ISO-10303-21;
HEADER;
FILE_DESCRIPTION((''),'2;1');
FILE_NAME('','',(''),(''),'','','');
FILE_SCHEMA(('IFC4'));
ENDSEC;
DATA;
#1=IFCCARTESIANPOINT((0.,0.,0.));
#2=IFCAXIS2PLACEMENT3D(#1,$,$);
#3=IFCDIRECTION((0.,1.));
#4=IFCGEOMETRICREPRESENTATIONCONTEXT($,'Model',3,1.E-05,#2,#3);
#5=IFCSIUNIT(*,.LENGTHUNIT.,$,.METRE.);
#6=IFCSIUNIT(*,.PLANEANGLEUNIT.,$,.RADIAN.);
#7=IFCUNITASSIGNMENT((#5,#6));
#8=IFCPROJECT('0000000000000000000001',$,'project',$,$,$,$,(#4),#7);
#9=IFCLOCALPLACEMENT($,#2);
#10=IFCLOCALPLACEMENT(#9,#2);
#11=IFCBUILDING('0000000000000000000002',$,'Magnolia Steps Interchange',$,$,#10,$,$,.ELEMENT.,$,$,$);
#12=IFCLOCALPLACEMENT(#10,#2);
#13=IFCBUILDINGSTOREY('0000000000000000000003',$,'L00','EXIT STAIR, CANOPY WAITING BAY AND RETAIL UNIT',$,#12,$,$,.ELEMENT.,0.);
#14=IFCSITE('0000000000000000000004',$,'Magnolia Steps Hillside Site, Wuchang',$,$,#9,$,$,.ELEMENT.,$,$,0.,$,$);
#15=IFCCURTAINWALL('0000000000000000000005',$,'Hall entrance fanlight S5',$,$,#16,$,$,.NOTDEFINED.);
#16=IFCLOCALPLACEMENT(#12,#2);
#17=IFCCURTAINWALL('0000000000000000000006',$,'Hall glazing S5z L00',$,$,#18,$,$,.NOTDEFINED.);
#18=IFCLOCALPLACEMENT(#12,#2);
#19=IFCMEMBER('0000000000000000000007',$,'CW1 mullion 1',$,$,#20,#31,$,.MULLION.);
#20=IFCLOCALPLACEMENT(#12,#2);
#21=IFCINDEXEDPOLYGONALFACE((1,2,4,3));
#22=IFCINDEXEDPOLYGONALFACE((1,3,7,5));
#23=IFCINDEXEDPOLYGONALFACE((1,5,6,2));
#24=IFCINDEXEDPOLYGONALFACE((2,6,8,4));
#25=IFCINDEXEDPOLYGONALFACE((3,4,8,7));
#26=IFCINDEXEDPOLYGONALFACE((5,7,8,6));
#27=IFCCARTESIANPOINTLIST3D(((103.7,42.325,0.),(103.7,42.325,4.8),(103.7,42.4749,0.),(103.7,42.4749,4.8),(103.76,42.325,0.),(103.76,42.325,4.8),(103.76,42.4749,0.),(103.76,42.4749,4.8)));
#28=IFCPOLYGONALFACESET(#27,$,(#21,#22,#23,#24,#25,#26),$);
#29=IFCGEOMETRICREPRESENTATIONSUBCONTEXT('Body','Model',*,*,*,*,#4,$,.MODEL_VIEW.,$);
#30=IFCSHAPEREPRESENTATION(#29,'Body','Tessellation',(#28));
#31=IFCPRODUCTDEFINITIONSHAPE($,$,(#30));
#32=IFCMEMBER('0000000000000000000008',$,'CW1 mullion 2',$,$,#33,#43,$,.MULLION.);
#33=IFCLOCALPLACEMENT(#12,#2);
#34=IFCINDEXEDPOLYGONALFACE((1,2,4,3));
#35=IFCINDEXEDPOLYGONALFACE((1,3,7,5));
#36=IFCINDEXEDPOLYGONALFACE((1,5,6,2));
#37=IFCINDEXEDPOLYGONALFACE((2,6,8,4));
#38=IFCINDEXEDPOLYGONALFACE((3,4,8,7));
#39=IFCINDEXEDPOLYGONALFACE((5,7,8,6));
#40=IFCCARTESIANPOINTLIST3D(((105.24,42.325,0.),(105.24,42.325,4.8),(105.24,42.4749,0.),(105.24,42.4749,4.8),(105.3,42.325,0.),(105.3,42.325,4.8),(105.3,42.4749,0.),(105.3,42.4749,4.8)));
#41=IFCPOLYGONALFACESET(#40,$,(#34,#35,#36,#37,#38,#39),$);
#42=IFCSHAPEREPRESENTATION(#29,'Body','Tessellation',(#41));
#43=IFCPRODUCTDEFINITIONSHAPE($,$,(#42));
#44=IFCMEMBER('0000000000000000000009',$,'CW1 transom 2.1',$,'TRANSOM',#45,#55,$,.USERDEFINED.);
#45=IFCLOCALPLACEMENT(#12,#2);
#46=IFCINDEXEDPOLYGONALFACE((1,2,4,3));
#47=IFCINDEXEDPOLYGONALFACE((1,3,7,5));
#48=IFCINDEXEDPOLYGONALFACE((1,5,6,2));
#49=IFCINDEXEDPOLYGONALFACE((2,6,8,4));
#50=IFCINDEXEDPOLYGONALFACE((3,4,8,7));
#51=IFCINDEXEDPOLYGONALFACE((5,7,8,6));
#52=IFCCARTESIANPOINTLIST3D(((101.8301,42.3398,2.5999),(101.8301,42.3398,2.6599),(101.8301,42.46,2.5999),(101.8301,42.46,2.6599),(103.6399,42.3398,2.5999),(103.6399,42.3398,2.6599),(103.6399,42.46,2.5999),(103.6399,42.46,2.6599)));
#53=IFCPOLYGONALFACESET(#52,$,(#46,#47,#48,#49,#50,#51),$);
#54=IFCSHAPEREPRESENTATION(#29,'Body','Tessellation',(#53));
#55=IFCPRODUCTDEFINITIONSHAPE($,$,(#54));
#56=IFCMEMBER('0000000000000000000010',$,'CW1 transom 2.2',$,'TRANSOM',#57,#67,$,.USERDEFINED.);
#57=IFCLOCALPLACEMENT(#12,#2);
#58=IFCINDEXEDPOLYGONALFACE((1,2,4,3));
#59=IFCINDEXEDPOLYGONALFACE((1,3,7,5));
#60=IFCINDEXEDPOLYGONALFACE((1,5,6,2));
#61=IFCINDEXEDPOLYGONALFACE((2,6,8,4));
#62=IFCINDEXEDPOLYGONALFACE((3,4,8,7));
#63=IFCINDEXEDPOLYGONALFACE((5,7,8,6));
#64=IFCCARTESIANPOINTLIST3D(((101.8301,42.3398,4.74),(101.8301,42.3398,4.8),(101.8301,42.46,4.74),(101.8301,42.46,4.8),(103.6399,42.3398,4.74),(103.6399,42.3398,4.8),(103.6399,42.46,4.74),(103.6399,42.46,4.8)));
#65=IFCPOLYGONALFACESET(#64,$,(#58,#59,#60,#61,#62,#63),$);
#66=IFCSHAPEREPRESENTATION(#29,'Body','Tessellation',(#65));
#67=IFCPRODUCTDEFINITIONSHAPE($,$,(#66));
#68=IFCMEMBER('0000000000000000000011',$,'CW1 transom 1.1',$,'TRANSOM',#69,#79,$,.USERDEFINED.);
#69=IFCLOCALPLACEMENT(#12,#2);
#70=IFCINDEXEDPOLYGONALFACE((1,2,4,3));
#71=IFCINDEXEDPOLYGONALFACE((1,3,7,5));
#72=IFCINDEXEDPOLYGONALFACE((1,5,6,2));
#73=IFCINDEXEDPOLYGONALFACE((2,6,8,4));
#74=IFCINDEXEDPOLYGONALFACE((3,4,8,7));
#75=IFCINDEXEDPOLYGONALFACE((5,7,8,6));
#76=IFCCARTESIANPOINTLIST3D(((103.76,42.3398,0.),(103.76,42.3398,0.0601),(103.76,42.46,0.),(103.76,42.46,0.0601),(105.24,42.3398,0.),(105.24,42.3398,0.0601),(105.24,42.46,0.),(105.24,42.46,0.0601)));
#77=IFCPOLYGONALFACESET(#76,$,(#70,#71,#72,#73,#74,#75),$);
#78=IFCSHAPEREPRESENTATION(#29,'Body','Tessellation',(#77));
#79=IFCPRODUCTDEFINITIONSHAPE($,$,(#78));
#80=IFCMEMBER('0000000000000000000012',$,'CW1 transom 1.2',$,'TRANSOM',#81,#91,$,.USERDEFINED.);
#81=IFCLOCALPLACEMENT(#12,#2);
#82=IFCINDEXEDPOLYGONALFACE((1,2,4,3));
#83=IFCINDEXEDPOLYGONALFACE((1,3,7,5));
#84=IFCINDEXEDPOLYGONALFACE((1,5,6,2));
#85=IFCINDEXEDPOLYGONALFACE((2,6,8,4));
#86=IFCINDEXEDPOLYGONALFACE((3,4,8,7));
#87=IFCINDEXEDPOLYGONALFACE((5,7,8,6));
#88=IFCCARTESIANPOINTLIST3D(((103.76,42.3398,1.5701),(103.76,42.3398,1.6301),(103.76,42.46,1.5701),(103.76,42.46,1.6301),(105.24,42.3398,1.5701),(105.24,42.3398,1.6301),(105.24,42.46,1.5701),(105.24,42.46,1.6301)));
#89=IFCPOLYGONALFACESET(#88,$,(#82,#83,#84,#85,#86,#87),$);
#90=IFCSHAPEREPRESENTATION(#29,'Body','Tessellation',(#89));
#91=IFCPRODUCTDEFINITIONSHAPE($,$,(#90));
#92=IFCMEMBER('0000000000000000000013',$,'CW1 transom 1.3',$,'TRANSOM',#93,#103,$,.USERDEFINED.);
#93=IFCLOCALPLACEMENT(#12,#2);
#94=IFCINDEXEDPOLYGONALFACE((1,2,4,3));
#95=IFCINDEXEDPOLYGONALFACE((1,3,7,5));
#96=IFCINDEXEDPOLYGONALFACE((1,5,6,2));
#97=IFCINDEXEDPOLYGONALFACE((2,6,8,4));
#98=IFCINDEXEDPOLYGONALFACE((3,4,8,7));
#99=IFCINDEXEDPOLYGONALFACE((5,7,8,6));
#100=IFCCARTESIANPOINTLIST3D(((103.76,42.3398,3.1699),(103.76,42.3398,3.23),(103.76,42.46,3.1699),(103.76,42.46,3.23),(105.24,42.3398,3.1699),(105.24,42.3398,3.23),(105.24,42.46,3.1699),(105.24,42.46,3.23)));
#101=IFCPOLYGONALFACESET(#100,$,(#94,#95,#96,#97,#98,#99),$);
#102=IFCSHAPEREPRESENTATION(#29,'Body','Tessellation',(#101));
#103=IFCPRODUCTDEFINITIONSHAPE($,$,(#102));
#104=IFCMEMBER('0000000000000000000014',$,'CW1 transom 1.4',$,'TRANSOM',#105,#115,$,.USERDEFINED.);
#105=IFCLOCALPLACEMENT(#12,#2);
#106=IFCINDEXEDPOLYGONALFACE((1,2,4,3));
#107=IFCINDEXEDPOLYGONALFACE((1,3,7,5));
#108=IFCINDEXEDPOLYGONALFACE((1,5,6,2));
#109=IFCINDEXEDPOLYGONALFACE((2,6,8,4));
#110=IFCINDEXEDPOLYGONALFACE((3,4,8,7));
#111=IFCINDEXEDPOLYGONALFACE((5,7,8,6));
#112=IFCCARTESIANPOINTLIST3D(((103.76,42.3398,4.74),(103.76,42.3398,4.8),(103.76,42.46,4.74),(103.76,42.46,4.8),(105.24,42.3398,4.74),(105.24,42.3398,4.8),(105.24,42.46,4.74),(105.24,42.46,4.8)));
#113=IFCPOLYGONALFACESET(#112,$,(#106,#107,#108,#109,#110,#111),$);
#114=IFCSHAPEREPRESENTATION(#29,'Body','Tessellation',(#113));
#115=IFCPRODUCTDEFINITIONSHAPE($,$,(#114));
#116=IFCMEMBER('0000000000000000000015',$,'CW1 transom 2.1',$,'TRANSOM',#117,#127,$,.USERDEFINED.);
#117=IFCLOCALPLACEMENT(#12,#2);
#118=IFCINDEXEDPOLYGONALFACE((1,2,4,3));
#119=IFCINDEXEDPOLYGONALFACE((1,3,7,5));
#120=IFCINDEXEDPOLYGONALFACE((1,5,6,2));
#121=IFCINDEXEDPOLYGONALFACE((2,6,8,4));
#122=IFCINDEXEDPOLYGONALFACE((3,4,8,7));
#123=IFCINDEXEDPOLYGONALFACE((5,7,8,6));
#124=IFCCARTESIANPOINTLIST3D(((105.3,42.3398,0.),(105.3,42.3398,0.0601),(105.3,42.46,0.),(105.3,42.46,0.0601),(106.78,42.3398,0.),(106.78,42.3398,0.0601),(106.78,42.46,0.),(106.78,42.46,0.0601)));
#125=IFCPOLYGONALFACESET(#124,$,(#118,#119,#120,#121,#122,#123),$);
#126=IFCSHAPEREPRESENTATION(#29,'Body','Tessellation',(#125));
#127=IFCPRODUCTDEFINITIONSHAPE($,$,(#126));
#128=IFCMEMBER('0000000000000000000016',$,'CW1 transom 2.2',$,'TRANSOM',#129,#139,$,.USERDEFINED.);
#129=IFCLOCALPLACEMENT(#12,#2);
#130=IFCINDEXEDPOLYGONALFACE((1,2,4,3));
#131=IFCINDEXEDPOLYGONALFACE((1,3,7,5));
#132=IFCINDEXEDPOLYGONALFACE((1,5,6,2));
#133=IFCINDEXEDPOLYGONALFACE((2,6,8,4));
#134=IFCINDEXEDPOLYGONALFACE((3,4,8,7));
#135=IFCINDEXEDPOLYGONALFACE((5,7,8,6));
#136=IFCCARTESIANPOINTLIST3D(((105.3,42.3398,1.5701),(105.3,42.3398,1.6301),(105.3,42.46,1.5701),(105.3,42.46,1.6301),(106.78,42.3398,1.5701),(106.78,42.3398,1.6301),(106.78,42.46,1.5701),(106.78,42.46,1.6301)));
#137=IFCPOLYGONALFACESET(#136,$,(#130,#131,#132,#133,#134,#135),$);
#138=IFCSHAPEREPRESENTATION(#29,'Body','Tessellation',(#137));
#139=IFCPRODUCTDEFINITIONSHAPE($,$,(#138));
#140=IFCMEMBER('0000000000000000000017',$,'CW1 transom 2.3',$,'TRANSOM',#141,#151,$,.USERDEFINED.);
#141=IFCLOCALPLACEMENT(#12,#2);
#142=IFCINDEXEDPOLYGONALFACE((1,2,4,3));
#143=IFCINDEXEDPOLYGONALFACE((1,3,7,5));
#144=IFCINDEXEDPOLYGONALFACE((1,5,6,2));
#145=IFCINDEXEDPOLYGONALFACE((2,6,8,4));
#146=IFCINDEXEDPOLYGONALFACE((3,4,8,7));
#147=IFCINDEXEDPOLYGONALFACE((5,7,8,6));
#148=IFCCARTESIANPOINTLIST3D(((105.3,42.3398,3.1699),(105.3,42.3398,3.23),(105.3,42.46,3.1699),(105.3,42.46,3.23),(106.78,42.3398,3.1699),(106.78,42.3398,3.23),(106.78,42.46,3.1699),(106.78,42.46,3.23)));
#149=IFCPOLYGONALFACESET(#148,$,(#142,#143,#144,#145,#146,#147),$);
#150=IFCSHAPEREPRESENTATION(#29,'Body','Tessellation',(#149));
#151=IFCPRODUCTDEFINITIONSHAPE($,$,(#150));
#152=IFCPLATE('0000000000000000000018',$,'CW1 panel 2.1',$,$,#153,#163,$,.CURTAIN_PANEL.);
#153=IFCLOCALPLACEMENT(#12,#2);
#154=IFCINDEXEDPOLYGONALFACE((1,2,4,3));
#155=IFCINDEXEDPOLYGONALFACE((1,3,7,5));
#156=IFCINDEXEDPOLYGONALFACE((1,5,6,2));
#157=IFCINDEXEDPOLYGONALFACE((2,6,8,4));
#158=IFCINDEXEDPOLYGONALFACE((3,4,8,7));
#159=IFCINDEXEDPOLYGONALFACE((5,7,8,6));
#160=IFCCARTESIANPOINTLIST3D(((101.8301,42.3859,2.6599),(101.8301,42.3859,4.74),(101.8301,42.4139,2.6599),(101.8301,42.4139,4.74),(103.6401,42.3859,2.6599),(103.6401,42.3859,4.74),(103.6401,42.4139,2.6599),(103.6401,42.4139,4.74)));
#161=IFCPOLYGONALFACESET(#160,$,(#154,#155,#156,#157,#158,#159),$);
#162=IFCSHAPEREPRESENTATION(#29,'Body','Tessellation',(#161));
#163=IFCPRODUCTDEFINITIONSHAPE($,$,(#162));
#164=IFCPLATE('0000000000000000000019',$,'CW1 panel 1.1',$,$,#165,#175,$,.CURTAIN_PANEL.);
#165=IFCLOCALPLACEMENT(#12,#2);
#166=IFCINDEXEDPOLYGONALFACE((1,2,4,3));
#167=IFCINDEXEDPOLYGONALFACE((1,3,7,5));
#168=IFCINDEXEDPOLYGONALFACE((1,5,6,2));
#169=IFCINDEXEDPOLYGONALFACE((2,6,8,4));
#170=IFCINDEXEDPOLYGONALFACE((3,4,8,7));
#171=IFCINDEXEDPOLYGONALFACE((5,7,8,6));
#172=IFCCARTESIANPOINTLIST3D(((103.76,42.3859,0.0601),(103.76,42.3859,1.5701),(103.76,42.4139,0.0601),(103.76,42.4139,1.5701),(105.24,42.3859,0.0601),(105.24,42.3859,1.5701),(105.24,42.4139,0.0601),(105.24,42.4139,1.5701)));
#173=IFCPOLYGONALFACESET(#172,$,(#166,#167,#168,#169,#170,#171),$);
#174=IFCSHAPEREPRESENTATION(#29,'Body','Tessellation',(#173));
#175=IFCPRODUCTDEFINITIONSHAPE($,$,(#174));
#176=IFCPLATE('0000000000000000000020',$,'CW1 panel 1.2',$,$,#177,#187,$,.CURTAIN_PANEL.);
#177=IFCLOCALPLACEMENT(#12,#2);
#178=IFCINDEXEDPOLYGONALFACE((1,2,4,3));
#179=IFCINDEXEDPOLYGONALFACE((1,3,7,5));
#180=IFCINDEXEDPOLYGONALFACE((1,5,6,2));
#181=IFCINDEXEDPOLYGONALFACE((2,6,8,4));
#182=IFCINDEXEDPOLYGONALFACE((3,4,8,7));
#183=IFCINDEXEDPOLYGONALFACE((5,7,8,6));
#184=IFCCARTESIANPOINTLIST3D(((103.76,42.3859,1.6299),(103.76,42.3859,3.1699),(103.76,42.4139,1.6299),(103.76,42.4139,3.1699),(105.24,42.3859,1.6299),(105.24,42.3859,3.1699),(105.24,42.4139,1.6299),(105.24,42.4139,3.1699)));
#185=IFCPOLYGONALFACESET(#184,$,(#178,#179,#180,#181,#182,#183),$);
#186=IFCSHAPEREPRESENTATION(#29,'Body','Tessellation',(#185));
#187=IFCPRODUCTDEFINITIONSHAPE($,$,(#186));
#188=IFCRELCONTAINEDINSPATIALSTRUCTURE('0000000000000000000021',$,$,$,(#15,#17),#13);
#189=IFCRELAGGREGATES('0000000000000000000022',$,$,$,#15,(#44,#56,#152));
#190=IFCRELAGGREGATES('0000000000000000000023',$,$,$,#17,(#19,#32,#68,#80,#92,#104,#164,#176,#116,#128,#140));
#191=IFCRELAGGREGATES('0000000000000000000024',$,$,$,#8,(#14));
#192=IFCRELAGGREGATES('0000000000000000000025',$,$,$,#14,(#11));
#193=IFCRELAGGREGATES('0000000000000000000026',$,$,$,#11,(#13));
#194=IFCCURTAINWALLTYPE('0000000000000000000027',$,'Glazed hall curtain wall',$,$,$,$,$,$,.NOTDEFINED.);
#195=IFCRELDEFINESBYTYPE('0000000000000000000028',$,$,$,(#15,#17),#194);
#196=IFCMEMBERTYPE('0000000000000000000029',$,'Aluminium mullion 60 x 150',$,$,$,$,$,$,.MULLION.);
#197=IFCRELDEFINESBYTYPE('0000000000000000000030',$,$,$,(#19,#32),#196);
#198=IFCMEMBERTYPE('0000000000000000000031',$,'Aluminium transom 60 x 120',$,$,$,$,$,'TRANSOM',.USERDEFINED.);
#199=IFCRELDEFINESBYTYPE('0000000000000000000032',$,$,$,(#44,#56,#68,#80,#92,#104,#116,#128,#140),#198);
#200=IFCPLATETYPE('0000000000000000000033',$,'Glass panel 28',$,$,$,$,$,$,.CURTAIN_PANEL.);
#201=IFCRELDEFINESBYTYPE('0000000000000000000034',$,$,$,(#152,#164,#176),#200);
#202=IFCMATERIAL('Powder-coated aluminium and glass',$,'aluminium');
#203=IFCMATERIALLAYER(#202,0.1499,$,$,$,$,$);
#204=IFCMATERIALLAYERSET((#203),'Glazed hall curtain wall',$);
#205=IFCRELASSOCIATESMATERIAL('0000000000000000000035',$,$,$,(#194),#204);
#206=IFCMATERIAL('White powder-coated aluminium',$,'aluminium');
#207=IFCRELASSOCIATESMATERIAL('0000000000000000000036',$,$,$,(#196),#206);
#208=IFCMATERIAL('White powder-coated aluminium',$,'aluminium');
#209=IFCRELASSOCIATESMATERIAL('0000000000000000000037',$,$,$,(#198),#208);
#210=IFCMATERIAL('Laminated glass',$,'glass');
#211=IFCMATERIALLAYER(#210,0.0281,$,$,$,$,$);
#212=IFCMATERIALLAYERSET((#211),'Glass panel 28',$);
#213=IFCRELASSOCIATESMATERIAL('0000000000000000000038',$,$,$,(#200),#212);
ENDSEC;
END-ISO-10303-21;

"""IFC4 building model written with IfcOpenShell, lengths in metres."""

from ifc_helpers import new_model, si_unit, direction, frame, origin, origin_2d, place, context, subcontext, project, spatial, rectangle, extrude, material, layer, layer_set, material_profile, profile_set, type_object, element, aggregate, save


model = new_model("IFC4")

# Units and contexts
model_context = context("Model", 3, precision=1e-05, world=origin(), true_north=direction((0.0, 1.0)))
body_context = subcontext(model_context, "Body", "Model", "MODEL_VIEW")
ifc_project = project(units=[si_unit("LENGTHUNIT", "METRE"), si_unit("PLANEANGLEUNIT", "RADIAN")], contexts=[model_context])

# Site, building, storey
site_placement = place(None, origin())
site = spatial("IfcSite", under=ifc_project, at=site_placement, Name="Magnolia Steps Hillside Site, Wuchang", CompositionType="ELEMENT", RefElevation=0.0)
building_placement = place(site_placement, origin())
building = spatial("IfcBuilding", under=site, at=building_placement, Name="Magnolia Steps Interchange", CompositionType="ELEMENT")
storey_placement = place(building_placement, origin())
storey = spatial("IfcBuildingStorey", under=building, at=storey_placement, Name="L00", Description="EXIT STAIR, CANOPY WAITING BAY AND RETAIL UNIT", CompositionType="ELEMENT", Elevation=0.0)

# Curtain wall
ifc_material_1 = material(Name="Powder-coated aluminium and glass", Category="aluminium")
ifc_layer_1 = layer(ifc_material_1, 0.1499)
ifc_layer_set_1 = layer_set([ifc_layer_1], Name="Glazed hall curtain wall")
curtain_wall_type = type_object("IfcCurtainWallType", Name="Glazed hall curtain wall", PredefinedType="NOTDEFINED", material=ifc_layer_set_1)
curtain_wall_1_placement = place(storey_placement, origin())
curtain_wall_1 = element("IfcCurtainWall", 1, at=curtain_wall_1_placement, inside=storey, type_object=curtain_wall_type, Name="Hall entrance fanlight S5", PredefinedType="NOTDEFINED")
ifc_material_2 = material(Name="White powder-coated aluminium", Category="aluminium")
ifc_material_profile_1 = material_profile(ifc_material_2, rectangle(XDim=0.0601, YDim=0.1499, at=origin_2d()), Name="Aluminium mullion 60 x 150")
ifc_profile_set_1 = profile_set([ifc_material_profile_1], Name="White powder-coated aluminium")
member_type_1 = type_object("IfcMemberType", Name="Aluminium mullion 60 x 150", PredefinedType="MULLION", material=ifc_profile_set_1)

# Curtain wall, members
curtain_wall_2_placement = place(storey_placement, origin())
curtain_wall_2 = element("IfcCurtainWall", 2, at=curtain_wall_2_placement, inside=storey, type_object=curtain_wall_type, Name="Hall glazing S5z L00", PredefinedType="NOTDEFINED")
member_1_placement = place(storey_placement, frame((103.73, 42.3999, 0.0), z_axis=(0.0, 0.0, 1.0), x_axis=(1.0, 0.0, 0.0)))
member_1 = element("IfcMember", 3, at=member_1_placement, type_object=member_type_1, Name="CW1 mullion 1", PredefinedType="MULLION", context=body_context, shape_type="SweptSolid", body=[
    extrude(rectangle(XDim=0.0601, YDim=0.1499, at=origin_2d()), origin(), (0.0, 0.0, 1.0), 4.8),
])
member_2_placement = place(storey_placement, frame((105.27, 42.3999, 0.0), z_axis=(0.0, 0.0, 1.0), x_axis=(1.0, 0.0, 0.0)))
member_2 = element("IfcMember", 4, at=member_2_placement, type_object=member_type_1, Name="CW1 mullion 2", PredefinedType="MULLION", context=body_context, shape_type="SweptSolid", body=[
    extrude(rectangle(XDim=0.0601, YDim=0.1499, at=origin_2d()), origin(), (0.0, 0.0, 1.0), 4.8),
])

# Members
ifc_material_3 = material(Name="White powder-coated aluminium", Category="aluminium")
ifc_material_profile_2 = material_profile(ifc_material_3, rectangle(XDim=0.0601, YDim=0.1201, at=origin_2d()), Name="Aluminium transom 60 x 120")
ifc_profile_set_2 = profile_set([ifc_material_profile_2], Name="White powder-coated aluminium")
member_type_2 = type_object("IfcMemberType", Name="Aluminium transom 60 x 120", ElementType="TRANSOM", PredefinedType="USERDEFINED", material=ifc_profile_set_2)
member_3_placement = place(storey_placement, frame((101.8301, 42.3999, 2.6299), z_axis=(1.0, 0.0, 0.0), x_axis=(0.0, 0.0, 1.0)))
member_3 = element("IfcMember", 5, at=member_3_placement, type_object=member_type_2, Name="CW1 transom 2.1", ObjectType="TRANSOM", PredefinedType="USERDEFINED", context=body_context, shape_type="SweptSolid", body=[
    extrude(rectangle(XDim=0.0601, YDim=0.1201, at=origin_2d()), origin(), (0.0, 0.0, 1.0), 1.8098),
])
member_4_placement = place(storey_placement, frame((101.8301, 42.3999, 4.77), z_axis=(1.0, 0.0, 0.0), x_axis=(0.0, 0.0, 1.0)))
member_4 = element("IfcMember", 6, at=member_4_placement, type_object=member_type_2, Name="CW1 transom 2.2", ObjectType="TRANSOM", PredefinedType="USERDEFINED", context=body_context, shape_type="SweptSolid", body=[
    extrude(rectangle(XDim=0.0601, YDim=0.1201, at=origin_2d()), origin(), (0.0, 0.0, 1.0), 1.8098),
])
member_5_placement = place(storey_placement, frame((103.76, 42.3999, 0.03), z_axis=(1.0, 0.0, 0.0), x_axis=(0.0, 0.0, 1.0)))
member_5 = element("IfcMember", 7, at=member_5_placement, type_object=member_type_2, Name="CW1 transom 1.1", ObjectType="TRANSOM", PredefinedType="USERDEFINED", context=body_context, shape_type="SweptSolid", body=[
    extrude(rectangle(XDim=0.0601, YDim=0.1201, at=origin_2d()), origin(), (0.0, 0.0, 1.0), 1.48),
])
member_6_placement = place(storey_placement, frame((103.76, 42.3999, 1.6001), z_axis=(1.0, 0.0, 0.0), x_axis=(0.0, 0.0, 1.0)))
member_6 = element("IfcMember", 8, at=member_6_placement, type_object=member_type_2, Name="CW1 transom 1.2", ObjectType="TRANSOM", PredefinedType="USERDEFINED", context=body_context, shape_type="SweptSolid", body=[
    extrude(rectangle(XDim=0.0601, YDim=0.1201, at=origin_2d()), origin(), (0.0, 0.0, 1.0), 1.48),
])
member_7_placement = place(storey_placement, frame((103.76, 42.3999, 3.2), z_axis=(1.0, 0.0, 0.0), x_axis=(0.0, 0.0, 1.0)))
member_7 = element("IfcMember", 9, at=member_7_placement, type_object=member_type_2, Name="CW1 transom 1.3", ObjectType="TRANSOM", PredefinedType="USERDEFINED", context=body_context, shape_type="SweptSolid", body=[
    extrude(rectangle(XDim=0.0601, YDim=0.1201, at=origin_2d()), origin(), (0.0, 0.0, 1.0), 1.48),
])
member_8_placement = place(storey_placement, frame((103.76, 42.3999, 4.77), z_axis=(1.0, 0.0, 0.0), x_axis=(0.0, 0.0, 1.0)))
member_8 = element("IfcMember", 10, at=member_8_placement, type_object=member_type_2, Name="CW1 transom 1.4", ObjectType="TRANSOM", PredefinedType="USERDEFINED", context=body_context, shape_type="SweptSolid", body=[
    extrude(rectangle(XDim=0.0601, YDim=0.1201, at=origin_2d()), origin(), (0.0, 0.0, 1.0), 1.48),
])
member_9_placement = place(storey_placement, frame((105.3, 42.3999, 0.03), z_axis=(1.0, 0.0, 0.0), x_axis=(0.0, 0.0, 1.0)))
member_9 = element("IfcMember", 11, at=member_9_placement, type_object=member_type_2, Name="CW1 transom 2.1", ObjectType="TRANSOM", PredefinedType="USERDEFINED", context=body_context, shape_type="SweptSolid", body=[
    extrude(rectangle(XDim=0.0601, YDim=0.1201, at=origin_2d()), origin(), (0.0, 0.0, 1.0), 1.48),
])
member_10_placement = place(storey_placement, frame((105.3, 42.3999, 1.6001), z_axis=(1.0, 0.0, 0.0), x_axis=(0.0, 0.0, 1.0)))
member_10 = element("IfcMember", 12, at=member_10_placement, type_object=member_type_2, Name="CW1 transom 2.2", ObjectType="TRANSOM", PredefinedType="USERDEFINED", context=body_context, shape_type="SweptSolid", body=[
    extrude(rectangle(XDim=0.0601, YDim=0.1201, at=origin_2d()), origin(), (0.0, 0.0, 1.0), 1.48),
])
member_11_placement = place(storey_placement, frame((105.3, 42.3999, 3.2), z_axis=(1.0, 0.0, 0.0), x_axis=(0.0, 0.0, 1.0)))
member_11 = element("IfcMember", 13, at=member_11_placement, type_object=member_type_2, Name="CW1 transom 2.3", ObjectType="TRANSOM", PredefinedType="USERDEFINED", context=body_context, shape_type="SweptSolid", body=[
    extrude(rectangle(XDim=0.0601, YDim=0.1201, at=origin_2d()), origin(), (0.0, 0.0, 1.0), 1.48),
])

# Plates
ifc_material_4 = material(Name="Laminated glass", Category="glass")
ifc_layer_2 = layer(ifc_material_4, 0.0281)
ifc_layer_set_2 = layer_set([ifc_layer_2], Name="Glass panel 28")
plate_type = type_object("IfcPlateType", Name="Glass panel 28", PredefinedType="CURTAIN_PANEL", material=ifc_layer_set_2)
plate_1_placement = place(storey_placement, frame((102.7351, 42.3999, 2.6599), z_axis=(0.0, 0.0, 1.0), x_axis=(1.0, 0.0, 0.0)))
plate_1 = element("IfcPlate", 14, at=plate_1_placement, type_object=plate_type, Name="CW1 panel 2.1", PredefinedType="CURTAIN_PANEL", context=body_context, shape_type="SweptSolid", body=[
    extrude(rectangle(XDim=1.8101, YDim=0.0281, at=origin_2d()), origin(), (0.0, 0.0, 1.0), 2.0801),
])
aggregate(curtain_wall_1, [member_3, member_4, plate_1])
plate_2_placement = place(storey_placement, frame((104.5, 42.3999, 0.0601), z_axis=(0.0, 0.0, 1.0), x_axis=(1.0, 0.0, 0.0)))
plate_2 = element("IfcPlate", 15, at=plate_2_placement, type_object=plate_type, Name="CW1 panel 1.1", PredefinedType="CURTAIN_PANEL", context=body_context, shape_type="SweptSolid", body=[
    extrude(rectangle(XDim=1.48, YDim=0.0281, at=origin_2d()), origin(), (0.0, 0.0, 1.0), 1.51),
])
plate_3_placement = place(storey_placement, frame((104.5, 42.3999, 1.6299), z_axis=(0.0, 0.0, 1.0), x_axis=(1.0, 0.0, 0.0)))
plate_3 = element("IfcPlate", 16, at=plate_3_placement, type_object=plate_type, Name="CW1 panel 1.2", PredefinedType="CURTAIN_PANEL", context=body_context, shape_type="SweptSolid", body=[
    extrude(rectangle(XDim=1.48, YDim=0.0281, at=origin_2d()), origin(), (0.0, 0.0, 1.0), 1.54),
])
aggregate(curtain_wall_2, [member_1, member_2, member_5, member_6, member_7, member_8, plate_2, plate_3, member_9, member_10, member_11])

save(model, "model.ifc")
